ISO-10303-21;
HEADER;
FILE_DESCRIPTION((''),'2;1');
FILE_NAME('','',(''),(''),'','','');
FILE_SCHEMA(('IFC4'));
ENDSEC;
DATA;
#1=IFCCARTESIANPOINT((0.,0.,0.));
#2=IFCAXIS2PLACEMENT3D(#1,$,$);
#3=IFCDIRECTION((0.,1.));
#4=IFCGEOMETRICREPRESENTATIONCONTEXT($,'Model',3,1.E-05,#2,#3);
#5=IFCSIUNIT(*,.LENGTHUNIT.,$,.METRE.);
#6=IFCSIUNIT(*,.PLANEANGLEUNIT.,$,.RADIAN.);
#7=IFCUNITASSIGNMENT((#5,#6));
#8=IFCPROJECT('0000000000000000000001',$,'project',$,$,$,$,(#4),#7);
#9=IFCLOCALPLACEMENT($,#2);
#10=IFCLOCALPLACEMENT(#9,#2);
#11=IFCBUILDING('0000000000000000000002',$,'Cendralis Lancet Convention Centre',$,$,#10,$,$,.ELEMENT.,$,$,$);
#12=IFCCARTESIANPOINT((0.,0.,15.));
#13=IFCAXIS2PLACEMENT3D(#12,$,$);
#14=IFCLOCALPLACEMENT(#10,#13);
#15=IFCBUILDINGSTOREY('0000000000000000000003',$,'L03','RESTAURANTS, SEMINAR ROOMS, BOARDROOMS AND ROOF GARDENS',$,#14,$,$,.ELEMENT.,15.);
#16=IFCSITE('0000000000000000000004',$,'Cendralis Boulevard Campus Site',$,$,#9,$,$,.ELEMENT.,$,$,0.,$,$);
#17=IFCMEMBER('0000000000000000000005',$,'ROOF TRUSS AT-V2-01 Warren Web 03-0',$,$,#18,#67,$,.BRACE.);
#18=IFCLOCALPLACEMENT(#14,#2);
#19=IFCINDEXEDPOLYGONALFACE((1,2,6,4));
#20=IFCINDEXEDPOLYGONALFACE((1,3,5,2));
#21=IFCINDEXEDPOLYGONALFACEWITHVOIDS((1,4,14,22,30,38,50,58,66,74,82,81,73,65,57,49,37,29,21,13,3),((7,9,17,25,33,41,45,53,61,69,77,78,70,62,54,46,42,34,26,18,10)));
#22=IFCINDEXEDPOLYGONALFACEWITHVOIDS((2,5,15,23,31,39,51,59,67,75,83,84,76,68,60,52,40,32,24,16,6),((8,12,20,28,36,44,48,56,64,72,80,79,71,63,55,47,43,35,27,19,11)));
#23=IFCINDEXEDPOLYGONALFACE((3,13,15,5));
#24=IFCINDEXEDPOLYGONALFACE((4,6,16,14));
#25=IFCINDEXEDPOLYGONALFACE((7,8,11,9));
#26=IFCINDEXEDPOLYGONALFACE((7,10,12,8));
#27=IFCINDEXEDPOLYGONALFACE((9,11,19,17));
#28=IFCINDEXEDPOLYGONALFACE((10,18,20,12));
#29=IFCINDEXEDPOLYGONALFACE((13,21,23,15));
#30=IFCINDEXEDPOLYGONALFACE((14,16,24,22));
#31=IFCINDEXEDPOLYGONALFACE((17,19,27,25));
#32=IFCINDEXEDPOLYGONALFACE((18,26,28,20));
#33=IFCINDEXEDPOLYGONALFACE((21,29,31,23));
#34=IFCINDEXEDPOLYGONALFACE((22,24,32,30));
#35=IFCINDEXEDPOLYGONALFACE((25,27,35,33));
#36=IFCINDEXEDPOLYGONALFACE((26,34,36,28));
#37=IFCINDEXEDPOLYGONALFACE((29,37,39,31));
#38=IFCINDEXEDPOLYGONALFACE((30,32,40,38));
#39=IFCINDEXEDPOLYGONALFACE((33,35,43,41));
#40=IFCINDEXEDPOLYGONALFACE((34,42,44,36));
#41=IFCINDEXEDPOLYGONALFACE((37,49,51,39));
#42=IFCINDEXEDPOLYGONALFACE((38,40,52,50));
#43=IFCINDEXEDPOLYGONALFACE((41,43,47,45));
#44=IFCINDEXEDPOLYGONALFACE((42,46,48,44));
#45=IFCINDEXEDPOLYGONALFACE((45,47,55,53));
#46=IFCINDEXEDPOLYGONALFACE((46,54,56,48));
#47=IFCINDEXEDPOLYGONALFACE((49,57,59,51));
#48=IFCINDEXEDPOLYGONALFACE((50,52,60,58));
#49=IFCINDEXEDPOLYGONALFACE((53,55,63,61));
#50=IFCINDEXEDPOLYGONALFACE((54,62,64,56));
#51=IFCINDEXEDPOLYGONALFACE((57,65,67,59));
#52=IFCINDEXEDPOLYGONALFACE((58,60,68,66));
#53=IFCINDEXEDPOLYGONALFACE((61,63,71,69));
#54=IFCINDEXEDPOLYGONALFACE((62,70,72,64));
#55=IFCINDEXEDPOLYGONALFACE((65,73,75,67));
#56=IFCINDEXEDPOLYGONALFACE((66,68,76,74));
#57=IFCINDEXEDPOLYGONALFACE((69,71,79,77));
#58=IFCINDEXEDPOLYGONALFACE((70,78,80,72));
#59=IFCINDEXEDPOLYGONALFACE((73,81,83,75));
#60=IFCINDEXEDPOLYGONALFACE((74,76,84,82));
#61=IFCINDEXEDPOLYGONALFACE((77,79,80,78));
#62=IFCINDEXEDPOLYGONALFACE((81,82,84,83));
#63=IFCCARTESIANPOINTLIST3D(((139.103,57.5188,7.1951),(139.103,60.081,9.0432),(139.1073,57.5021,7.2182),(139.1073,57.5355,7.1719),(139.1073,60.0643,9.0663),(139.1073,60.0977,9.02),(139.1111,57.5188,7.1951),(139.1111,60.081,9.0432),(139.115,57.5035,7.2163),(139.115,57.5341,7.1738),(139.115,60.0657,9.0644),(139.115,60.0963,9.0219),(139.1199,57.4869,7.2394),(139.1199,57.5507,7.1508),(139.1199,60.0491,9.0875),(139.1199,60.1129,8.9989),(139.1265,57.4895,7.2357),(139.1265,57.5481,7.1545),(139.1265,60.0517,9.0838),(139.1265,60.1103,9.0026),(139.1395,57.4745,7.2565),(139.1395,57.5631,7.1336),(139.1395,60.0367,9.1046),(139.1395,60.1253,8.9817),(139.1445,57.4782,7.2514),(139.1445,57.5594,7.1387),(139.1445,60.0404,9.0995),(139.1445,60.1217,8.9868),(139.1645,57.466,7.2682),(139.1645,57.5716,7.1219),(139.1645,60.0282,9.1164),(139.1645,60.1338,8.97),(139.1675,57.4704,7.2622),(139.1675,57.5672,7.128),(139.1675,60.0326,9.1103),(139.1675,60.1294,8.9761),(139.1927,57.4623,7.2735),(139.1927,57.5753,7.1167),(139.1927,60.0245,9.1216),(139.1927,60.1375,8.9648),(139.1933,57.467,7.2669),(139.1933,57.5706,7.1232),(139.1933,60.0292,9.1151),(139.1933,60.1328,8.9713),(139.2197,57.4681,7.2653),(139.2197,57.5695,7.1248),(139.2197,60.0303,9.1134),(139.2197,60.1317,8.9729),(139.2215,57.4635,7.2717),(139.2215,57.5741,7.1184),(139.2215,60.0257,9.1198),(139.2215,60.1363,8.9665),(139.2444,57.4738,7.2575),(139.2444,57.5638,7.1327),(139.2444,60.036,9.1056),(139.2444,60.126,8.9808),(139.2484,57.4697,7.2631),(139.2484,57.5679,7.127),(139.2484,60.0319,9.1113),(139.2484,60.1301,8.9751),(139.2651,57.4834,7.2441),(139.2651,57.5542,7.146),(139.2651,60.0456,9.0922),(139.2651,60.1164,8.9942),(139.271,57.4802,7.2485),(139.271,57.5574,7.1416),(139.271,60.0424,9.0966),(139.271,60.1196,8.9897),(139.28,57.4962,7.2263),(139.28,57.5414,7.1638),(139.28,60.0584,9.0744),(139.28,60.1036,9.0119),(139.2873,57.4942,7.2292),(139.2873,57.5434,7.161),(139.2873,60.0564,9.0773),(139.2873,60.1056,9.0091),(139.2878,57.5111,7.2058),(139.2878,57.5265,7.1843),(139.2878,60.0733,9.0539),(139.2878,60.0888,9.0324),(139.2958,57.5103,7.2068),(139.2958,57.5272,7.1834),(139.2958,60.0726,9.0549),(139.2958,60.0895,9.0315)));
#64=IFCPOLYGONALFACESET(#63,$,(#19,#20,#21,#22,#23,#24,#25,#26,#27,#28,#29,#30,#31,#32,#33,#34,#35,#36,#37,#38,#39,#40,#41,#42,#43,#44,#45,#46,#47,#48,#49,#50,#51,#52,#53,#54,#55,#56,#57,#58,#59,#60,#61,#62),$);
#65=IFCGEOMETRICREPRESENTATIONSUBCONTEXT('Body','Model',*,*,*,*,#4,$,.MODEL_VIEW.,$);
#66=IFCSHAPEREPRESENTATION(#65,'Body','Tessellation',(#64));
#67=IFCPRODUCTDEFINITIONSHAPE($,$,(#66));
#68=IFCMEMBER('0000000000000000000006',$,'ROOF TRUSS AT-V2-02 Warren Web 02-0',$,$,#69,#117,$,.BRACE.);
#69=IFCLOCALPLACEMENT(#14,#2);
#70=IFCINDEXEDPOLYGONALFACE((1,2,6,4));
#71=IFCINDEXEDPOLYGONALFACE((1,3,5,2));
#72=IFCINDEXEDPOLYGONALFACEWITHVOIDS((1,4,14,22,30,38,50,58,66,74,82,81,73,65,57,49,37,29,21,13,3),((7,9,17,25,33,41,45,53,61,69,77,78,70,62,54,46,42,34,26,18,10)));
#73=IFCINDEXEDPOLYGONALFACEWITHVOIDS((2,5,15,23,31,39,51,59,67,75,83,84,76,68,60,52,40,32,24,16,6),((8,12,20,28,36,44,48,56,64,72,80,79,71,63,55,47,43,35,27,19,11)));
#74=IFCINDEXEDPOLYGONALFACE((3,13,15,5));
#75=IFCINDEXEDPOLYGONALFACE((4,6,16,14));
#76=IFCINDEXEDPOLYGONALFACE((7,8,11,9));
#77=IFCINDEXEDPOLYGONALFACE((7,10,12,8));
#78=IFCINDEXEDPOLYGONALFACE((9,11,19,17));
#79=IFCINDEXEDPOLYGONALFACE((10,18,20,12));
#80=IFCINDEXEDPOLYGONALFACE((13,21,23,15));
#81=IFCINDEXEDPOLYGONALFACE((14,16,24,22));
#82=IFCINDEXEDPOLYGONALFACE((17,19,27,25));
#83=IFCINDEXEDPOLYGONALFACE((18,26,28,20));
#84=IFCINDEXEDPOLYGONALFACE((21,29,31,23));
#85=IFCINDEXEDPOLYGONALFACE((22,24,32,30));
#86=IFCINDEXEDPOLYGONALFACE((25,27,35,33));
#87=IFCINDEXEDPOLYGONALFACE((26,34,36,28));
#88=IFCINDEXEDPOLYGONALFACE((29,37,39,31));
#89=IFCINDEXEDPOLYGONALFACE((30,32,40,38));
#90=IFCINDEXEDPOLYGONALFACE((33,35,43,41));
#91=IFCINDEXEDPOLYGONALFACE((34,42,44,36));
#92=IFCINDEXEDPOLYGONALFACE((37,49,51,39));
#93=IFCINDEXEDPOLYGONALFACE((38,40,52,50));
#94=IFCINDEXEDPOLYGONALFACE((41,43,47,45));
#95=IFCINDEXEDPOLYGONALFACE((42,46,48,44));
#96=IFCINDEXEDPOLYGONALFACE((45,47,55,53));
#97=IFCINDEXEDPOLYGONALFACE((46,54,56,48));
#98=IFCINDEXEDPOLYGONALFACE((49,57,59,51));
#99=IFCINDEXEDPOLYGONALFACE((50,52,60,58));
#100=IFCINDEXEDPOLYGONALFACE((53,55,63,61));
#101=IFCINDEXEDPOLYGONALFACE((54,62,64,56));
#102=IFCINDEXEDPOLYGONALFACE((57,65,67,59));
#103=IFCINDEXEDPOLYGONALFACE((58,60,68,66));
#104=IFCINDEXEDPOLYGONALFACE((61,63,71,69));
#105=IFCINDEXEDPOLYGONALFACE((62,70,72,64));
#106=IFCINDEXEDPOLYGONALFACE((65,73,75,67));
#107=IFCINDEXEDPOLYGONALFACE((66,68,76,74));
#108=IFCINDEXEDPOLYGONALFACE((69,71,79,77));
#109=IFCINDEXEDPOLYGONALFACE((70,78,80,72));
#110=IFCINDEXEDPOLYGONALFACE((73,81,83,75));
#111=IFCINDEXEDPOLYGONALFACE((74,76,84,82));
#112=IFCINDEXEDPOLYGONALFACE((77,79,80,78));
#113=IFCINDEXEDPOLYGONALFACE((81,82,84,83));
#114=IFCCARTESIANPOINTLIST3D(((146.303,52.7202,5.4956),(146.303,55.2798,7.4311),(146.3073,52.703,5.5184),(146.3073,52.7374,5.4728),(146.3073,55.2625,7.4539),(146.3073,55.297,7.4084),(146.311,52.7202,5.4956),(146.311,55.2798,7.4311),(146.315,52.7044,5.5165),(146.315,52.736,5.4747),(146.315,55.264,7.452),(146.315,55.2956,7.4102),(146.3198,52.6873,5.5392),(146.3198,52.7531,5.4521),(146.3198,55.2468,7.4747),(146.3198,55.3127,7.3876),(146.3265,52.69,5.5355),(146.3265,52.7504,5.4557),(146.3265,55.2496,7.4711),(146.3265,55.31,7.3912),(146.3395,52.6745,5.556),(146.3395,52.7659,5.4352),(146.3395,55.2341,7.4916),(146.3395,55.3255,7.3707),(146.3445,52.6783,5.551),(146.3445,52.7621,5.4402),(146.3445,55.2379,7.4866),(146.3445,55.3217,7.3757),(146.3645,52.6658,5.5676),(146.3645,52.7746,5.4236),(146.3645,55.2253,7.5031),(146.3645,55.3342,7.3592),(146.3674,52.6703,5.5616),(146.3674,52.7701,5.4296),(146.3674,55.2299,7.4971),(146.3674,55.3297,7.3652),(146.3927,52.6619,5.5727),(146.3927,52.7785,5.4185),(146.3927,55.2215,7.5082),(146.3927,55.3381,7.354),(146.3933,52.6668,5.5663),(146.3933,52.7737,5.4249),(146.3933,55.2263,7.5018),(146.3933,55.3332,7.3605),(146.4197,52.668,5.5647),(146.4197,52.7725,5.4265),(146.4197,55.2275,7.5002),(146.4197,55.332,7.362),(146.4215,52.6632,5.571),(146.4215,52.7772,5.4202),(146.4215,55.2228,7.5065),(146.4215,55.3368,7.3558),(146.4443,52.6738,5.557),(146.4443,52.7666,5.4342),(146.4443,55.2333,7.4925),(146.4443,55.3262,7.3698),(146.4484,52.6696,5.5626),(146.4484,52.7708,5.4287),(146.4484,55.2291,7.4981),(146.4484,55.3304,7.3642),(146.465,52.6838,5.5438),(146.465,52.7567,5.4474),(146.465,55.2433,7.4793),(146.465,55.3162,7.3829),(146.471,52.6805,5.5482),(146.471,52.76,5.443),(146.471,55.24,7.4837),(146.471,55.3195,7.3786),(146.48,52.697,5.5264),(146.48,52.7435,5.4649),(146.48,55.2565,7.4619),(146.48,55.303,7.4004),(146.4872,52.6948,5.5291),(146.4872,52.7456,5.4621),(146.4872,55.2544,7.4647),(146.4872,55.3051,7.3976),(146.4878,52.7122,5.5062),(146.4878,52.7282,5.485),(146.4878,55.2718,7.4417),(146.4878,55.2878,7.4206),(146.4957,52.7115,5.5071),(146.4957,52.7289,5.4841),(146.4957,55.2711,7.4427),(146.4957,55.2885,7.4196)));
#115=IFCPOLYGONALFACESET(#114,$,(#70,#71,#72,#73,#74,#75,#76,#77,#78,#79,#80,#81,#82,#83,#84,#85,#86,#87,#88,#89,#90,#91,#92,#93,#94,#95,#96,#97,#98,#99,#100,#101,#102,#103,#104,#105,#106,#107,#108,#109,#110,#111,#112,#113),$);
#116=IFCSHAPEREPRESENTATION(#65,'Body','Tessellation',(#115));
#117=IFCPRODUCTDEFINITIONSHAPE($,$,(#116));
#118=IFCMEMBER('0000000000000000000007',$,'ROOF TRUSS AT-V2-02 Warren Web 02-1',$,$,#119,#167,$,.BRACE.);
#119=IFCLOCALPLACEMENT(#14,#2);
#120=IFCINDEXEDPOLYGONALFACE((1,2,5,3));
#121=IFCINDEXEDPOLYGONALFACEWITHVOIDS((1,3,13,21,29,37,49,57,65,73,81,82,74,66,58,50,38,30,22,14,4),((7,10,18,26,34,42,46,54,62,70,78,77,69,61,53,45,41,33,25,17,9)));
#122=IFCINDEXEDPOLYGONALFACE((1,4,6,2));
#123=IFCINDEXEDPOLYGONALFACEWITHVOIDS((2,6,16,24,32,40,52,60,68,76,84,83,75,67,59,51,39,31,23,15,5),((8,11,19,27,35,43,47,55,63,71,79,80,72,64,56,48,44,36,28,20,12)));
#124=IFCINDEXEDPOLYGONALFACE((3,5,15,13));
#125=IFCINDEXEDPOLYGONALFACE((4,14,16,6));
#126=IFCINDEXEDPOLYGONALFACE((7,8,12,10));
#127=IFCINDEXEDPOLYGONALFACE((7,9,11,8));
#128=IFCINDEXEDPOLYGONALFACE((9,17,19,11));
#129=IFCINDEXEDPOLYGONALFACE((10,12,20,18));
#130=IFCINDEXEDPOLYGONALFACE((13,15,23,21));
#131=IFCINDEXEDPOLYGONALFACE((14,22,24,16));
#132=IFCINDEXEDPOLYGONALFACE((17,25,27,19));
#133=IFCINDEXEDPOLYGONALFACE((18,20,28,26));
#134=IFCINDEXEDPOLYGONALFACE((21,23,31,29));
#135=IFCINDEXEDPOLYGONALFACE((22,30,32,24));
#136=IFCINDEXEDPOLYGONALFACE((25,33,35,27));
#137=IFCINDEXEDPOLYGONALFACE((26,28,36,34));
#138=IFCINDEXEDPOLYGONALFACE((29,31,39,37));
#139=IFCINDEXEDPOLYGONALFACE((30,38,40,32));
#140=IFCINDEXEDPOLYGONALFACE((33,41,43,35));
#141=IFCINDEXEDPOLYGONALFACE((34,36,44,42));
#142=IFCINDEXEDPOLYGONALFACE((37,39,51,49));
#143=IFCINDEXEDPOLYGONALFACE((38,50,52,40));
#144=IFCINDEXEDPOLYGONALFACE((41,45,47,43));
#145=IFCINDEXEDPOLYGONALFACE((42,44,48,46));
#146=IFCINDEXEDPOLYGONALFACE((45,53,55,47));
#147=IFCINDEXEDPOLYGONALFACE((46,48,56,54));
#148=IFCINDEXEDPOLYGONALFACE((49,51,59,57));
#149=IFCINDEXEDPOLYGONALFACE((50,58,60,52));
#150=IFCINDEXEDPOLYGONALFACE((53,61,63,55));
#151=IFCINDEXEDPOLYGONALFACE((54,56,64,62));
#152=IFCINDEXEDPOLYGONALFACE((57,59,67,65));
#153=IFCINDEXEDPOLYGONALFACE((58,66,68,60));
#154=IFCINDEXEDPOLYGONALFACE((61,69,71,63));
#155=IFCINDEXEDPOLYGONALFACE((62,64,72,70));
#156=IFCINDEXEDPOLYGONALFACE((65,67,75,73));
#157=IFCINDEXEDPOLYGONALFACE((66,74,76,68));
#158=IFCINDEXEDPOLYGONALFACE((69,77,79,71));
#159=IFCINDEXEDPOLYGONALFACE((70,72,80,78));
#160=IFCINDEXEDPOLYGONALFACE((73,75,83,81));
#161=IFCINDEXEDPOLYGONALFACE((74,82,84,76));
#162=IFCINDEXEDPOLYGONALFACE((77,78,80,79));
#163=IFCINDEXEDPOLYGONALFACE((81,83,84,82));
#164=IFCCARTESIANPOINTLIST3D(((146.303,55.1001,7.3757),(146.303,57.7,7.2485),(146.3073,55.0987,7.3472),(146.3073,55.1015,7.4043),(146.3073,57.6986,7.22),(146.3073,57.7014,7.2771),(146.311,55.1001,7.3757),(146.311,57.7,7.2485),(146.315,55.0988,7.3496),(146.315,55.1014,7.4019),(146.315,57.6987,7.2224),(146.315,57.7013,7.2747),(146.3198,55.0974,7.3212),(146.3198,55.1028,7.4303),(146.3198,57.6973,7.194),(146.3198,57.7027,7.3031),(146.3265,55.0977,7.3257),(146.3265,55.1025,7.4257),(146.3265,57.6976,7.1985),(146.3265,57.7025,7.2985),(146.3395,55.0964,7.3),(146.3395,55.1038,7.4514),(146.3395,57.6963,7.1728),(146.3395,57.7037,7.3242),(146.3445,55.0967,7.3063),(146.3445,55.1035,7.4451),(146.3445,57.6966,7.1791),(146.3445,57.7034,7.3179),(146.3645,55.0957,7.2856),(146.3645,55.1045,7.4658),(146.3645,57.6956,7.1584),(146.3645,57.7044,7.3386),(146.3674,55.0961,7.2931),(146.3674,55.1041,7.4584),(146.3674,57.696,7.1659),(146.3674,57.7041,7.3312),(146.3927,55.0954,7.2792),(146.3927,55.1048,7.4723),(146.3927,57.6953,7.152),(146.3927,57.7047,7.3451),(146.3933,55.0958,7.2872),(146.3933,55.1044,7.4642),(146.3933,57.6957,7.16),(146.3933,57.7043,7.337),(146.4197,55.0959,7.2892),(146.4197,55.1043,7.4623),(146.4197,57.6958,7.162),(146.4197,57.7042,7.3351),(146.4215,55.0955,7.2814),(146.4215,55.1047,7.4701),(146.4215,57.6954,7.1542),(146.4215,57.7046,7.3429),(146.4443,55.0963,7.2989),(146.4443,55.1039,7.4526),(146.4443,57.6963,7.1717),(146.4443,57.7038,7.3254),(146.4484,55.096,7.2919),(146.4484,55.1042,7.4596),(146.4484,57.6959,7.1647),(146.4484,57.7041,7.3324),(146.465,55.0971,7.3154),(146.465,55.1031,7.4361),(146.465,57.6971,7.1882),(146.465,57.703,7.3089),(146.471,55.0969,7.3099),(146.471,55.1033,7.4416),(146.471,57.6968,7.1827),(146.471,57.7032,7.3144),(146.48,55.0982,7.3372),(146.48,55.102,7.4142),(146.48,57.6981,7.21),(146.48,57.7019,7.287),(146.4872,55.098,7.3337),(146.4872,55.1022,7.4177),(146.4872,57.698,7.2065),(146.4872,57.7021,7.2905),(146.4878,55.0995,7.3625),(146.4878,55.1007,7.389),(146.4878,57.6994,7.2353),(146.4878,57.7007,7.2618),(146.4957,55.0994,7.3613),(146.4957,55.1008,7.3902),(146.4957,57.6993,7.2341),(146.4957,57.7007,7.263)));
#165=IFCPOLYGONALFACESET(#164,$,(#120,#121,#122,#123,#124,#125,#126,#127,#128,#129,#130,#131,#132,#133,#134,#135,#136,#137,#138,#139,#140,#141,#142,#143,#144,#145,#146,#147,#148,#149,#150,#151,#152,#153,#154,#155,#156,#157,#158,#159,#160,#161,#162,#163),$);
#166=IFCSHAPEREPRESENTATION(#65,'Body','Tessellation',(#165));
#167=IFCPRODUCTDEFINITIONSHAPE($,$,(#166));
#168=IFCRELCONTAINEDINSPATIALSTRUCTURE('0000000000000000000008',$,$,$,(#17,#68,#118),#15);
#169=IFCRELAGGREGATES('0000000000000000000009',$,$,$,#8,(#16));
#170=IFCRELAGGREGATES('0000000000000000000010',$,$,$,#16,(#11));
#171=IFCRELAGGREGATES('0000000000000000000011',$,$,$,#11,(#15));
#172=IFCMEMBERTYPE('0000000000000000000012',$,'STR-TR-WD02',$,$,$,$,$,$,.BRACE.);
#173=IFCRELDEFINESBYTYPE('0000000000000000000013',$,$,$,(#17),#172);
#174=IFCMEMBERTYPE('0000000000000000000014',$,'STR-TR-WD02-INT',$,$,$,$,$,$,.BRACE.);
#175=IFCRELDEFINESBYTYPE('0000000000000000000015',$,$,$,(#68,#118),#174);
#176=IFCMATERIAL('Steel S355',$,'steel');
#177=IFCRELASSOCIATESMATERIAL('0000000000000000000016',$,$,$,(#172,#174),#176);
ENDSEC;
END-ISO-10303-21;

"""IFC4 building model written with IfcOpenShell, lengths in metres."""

from ifc_helpers import new_model, si_unit, direction, frame, origin, origin_2d, place, context, subcontext, project, spatial, hollow_circle, extrude, material, material_profile, profile_set, type_object, element, save


model = new_model("IFC4")

# Units and contexts
model_context = context("Model", 3, precision=1e-05, world=origin(), true_north=direction((0.0, 1.0)))
body_context = subcontext(model_context, "Body", "Model", "MODEL_VIEW")
ifc_project = project(units=[si_unit("LENGTHUNIT", "METRE"), si_unit("PLANEANGLEUNIT", "RADIAN")], contexts=[model_context])

# Site, building, storey
site_placement = place(None, origin())
site = spatial("IfcSite", under=ifc_project, at=site_placement, Name="Cendralis Boulevard Campus Site", CompositionType="ELEMENT", RefElevation=0.0)
building_placement = place(site_placement, origin())
building = spatial("IfcBuilding", under=site, at=building_placement, Name="Cendralis Lancet Convention Centre", CompositionType="ELEMENT")
storey_placement = place(building_placement, frame((0.0, 0.0, 15.0)))
storey = spatial("IfcBuildingStorey", under=building, at=storey_placement, Name="L03", Description="RESTAURANTS, SEMINAR ROOMS, BOARDROOMS AND ROOF GARDENS", CompositionType="ELEMENT", Elevation=15.0)

# Shared definitions
ifc_material_1 = material(Name="Steel S355", Category="steel")

# Members
ifc_material_profile_1 = material_profile(ifc_material_1, hollow_circle(Radius=0.0969, WallThickness=0.0081, at=origin_2d()), Name="CHS 193.7x8.0")
ifc_profile_set_1 = profile_set([ifc_material_profile_1], Name="Steel S355")
member_type_1 = type_object("IfcMemberType", Name="STR-TR-WD02", PredefinedType="BRACE", material=ifc_profile_set_1)
member_1_placement = place(storey_placement, frame((139.2, 57.5188, 7.1951), z_axis=(0.0, 0.811036, 0.584997), x_axis=(-1.0, 0.0, 0.0)))
element("IfcMember", 1, at=member_1_placement, inside=storey, type_object=member_type_1, Name="ROOF TRUSS AT-V2-01 Warren Web 03-0", PredefinedType="BRACE", context=body_context, shape_type="SweptSolid", body=[
    extrude(hollow_circle(Radius=0.0969, WallThickness=0.0081, at=origin_2d()), origin(), (0.0, 0.0, 1.0), 3.1592),
])
ifc_material_profile_2 = material_profile(ifc_material_1, hollow_circle(Radius=0.0969, WallThickness=0.0081, at=origin_2d()), Name="CHS 193.7x8.0")
ifc_profile_set_2 = profile_set([ifc_material_profile_2], Name="Steel S355")
member_type_2 = type_object("IfcMemberType", Name="STR-TR-WD02-INT", PredefinedType="BRACE", material=ifc_profile_set_2)
member_2_placement = place(storey_placement, frame((146.3999, 52.7202, 5.4956), z_axis=(0.0, 0.79762, 0.60316), x_axis=(-1.0, 0.0, 0.0)))
element("IfcMember", 2, at=member_2_placement, inside=storey, type_object=member_type_2, Name="ROOF TRUSS AT-V2-02 Warren Web 02-0", PredefinedType="BRACE", context=body_context, shape_type="SweptSolid", body=[
    extrude(hollow_circle(Radius=0.0969, WallThickness=0.0081, at=origin_2d()), origin(), (0.0, 0.0, 1.0), 3.209),
])
member_3_placement = place(storey_placement, frame((146.3999, 55.1001, 7.3757), z_axis=(0.0, 0.998805, -0.048866), x_axis=(-1.0, 0.0, 0.0)))
element("IfcMember", 3, at=member_3_placement, inside=storey, type_object=member_type_2, Name="ROOF TRUSS AT-V2-02 Warren Web 02-1", PredefinedType="BRACE", context=body_context, shape_type="SweptSolid", body=[
    extrude(hollow_circle(Radius=0.0969, WallThickness=0.0081, at=origin_2d()), origin(), (0.0, 0.0, 1.0), 2.603),
])

save(model, "model.ifc")
